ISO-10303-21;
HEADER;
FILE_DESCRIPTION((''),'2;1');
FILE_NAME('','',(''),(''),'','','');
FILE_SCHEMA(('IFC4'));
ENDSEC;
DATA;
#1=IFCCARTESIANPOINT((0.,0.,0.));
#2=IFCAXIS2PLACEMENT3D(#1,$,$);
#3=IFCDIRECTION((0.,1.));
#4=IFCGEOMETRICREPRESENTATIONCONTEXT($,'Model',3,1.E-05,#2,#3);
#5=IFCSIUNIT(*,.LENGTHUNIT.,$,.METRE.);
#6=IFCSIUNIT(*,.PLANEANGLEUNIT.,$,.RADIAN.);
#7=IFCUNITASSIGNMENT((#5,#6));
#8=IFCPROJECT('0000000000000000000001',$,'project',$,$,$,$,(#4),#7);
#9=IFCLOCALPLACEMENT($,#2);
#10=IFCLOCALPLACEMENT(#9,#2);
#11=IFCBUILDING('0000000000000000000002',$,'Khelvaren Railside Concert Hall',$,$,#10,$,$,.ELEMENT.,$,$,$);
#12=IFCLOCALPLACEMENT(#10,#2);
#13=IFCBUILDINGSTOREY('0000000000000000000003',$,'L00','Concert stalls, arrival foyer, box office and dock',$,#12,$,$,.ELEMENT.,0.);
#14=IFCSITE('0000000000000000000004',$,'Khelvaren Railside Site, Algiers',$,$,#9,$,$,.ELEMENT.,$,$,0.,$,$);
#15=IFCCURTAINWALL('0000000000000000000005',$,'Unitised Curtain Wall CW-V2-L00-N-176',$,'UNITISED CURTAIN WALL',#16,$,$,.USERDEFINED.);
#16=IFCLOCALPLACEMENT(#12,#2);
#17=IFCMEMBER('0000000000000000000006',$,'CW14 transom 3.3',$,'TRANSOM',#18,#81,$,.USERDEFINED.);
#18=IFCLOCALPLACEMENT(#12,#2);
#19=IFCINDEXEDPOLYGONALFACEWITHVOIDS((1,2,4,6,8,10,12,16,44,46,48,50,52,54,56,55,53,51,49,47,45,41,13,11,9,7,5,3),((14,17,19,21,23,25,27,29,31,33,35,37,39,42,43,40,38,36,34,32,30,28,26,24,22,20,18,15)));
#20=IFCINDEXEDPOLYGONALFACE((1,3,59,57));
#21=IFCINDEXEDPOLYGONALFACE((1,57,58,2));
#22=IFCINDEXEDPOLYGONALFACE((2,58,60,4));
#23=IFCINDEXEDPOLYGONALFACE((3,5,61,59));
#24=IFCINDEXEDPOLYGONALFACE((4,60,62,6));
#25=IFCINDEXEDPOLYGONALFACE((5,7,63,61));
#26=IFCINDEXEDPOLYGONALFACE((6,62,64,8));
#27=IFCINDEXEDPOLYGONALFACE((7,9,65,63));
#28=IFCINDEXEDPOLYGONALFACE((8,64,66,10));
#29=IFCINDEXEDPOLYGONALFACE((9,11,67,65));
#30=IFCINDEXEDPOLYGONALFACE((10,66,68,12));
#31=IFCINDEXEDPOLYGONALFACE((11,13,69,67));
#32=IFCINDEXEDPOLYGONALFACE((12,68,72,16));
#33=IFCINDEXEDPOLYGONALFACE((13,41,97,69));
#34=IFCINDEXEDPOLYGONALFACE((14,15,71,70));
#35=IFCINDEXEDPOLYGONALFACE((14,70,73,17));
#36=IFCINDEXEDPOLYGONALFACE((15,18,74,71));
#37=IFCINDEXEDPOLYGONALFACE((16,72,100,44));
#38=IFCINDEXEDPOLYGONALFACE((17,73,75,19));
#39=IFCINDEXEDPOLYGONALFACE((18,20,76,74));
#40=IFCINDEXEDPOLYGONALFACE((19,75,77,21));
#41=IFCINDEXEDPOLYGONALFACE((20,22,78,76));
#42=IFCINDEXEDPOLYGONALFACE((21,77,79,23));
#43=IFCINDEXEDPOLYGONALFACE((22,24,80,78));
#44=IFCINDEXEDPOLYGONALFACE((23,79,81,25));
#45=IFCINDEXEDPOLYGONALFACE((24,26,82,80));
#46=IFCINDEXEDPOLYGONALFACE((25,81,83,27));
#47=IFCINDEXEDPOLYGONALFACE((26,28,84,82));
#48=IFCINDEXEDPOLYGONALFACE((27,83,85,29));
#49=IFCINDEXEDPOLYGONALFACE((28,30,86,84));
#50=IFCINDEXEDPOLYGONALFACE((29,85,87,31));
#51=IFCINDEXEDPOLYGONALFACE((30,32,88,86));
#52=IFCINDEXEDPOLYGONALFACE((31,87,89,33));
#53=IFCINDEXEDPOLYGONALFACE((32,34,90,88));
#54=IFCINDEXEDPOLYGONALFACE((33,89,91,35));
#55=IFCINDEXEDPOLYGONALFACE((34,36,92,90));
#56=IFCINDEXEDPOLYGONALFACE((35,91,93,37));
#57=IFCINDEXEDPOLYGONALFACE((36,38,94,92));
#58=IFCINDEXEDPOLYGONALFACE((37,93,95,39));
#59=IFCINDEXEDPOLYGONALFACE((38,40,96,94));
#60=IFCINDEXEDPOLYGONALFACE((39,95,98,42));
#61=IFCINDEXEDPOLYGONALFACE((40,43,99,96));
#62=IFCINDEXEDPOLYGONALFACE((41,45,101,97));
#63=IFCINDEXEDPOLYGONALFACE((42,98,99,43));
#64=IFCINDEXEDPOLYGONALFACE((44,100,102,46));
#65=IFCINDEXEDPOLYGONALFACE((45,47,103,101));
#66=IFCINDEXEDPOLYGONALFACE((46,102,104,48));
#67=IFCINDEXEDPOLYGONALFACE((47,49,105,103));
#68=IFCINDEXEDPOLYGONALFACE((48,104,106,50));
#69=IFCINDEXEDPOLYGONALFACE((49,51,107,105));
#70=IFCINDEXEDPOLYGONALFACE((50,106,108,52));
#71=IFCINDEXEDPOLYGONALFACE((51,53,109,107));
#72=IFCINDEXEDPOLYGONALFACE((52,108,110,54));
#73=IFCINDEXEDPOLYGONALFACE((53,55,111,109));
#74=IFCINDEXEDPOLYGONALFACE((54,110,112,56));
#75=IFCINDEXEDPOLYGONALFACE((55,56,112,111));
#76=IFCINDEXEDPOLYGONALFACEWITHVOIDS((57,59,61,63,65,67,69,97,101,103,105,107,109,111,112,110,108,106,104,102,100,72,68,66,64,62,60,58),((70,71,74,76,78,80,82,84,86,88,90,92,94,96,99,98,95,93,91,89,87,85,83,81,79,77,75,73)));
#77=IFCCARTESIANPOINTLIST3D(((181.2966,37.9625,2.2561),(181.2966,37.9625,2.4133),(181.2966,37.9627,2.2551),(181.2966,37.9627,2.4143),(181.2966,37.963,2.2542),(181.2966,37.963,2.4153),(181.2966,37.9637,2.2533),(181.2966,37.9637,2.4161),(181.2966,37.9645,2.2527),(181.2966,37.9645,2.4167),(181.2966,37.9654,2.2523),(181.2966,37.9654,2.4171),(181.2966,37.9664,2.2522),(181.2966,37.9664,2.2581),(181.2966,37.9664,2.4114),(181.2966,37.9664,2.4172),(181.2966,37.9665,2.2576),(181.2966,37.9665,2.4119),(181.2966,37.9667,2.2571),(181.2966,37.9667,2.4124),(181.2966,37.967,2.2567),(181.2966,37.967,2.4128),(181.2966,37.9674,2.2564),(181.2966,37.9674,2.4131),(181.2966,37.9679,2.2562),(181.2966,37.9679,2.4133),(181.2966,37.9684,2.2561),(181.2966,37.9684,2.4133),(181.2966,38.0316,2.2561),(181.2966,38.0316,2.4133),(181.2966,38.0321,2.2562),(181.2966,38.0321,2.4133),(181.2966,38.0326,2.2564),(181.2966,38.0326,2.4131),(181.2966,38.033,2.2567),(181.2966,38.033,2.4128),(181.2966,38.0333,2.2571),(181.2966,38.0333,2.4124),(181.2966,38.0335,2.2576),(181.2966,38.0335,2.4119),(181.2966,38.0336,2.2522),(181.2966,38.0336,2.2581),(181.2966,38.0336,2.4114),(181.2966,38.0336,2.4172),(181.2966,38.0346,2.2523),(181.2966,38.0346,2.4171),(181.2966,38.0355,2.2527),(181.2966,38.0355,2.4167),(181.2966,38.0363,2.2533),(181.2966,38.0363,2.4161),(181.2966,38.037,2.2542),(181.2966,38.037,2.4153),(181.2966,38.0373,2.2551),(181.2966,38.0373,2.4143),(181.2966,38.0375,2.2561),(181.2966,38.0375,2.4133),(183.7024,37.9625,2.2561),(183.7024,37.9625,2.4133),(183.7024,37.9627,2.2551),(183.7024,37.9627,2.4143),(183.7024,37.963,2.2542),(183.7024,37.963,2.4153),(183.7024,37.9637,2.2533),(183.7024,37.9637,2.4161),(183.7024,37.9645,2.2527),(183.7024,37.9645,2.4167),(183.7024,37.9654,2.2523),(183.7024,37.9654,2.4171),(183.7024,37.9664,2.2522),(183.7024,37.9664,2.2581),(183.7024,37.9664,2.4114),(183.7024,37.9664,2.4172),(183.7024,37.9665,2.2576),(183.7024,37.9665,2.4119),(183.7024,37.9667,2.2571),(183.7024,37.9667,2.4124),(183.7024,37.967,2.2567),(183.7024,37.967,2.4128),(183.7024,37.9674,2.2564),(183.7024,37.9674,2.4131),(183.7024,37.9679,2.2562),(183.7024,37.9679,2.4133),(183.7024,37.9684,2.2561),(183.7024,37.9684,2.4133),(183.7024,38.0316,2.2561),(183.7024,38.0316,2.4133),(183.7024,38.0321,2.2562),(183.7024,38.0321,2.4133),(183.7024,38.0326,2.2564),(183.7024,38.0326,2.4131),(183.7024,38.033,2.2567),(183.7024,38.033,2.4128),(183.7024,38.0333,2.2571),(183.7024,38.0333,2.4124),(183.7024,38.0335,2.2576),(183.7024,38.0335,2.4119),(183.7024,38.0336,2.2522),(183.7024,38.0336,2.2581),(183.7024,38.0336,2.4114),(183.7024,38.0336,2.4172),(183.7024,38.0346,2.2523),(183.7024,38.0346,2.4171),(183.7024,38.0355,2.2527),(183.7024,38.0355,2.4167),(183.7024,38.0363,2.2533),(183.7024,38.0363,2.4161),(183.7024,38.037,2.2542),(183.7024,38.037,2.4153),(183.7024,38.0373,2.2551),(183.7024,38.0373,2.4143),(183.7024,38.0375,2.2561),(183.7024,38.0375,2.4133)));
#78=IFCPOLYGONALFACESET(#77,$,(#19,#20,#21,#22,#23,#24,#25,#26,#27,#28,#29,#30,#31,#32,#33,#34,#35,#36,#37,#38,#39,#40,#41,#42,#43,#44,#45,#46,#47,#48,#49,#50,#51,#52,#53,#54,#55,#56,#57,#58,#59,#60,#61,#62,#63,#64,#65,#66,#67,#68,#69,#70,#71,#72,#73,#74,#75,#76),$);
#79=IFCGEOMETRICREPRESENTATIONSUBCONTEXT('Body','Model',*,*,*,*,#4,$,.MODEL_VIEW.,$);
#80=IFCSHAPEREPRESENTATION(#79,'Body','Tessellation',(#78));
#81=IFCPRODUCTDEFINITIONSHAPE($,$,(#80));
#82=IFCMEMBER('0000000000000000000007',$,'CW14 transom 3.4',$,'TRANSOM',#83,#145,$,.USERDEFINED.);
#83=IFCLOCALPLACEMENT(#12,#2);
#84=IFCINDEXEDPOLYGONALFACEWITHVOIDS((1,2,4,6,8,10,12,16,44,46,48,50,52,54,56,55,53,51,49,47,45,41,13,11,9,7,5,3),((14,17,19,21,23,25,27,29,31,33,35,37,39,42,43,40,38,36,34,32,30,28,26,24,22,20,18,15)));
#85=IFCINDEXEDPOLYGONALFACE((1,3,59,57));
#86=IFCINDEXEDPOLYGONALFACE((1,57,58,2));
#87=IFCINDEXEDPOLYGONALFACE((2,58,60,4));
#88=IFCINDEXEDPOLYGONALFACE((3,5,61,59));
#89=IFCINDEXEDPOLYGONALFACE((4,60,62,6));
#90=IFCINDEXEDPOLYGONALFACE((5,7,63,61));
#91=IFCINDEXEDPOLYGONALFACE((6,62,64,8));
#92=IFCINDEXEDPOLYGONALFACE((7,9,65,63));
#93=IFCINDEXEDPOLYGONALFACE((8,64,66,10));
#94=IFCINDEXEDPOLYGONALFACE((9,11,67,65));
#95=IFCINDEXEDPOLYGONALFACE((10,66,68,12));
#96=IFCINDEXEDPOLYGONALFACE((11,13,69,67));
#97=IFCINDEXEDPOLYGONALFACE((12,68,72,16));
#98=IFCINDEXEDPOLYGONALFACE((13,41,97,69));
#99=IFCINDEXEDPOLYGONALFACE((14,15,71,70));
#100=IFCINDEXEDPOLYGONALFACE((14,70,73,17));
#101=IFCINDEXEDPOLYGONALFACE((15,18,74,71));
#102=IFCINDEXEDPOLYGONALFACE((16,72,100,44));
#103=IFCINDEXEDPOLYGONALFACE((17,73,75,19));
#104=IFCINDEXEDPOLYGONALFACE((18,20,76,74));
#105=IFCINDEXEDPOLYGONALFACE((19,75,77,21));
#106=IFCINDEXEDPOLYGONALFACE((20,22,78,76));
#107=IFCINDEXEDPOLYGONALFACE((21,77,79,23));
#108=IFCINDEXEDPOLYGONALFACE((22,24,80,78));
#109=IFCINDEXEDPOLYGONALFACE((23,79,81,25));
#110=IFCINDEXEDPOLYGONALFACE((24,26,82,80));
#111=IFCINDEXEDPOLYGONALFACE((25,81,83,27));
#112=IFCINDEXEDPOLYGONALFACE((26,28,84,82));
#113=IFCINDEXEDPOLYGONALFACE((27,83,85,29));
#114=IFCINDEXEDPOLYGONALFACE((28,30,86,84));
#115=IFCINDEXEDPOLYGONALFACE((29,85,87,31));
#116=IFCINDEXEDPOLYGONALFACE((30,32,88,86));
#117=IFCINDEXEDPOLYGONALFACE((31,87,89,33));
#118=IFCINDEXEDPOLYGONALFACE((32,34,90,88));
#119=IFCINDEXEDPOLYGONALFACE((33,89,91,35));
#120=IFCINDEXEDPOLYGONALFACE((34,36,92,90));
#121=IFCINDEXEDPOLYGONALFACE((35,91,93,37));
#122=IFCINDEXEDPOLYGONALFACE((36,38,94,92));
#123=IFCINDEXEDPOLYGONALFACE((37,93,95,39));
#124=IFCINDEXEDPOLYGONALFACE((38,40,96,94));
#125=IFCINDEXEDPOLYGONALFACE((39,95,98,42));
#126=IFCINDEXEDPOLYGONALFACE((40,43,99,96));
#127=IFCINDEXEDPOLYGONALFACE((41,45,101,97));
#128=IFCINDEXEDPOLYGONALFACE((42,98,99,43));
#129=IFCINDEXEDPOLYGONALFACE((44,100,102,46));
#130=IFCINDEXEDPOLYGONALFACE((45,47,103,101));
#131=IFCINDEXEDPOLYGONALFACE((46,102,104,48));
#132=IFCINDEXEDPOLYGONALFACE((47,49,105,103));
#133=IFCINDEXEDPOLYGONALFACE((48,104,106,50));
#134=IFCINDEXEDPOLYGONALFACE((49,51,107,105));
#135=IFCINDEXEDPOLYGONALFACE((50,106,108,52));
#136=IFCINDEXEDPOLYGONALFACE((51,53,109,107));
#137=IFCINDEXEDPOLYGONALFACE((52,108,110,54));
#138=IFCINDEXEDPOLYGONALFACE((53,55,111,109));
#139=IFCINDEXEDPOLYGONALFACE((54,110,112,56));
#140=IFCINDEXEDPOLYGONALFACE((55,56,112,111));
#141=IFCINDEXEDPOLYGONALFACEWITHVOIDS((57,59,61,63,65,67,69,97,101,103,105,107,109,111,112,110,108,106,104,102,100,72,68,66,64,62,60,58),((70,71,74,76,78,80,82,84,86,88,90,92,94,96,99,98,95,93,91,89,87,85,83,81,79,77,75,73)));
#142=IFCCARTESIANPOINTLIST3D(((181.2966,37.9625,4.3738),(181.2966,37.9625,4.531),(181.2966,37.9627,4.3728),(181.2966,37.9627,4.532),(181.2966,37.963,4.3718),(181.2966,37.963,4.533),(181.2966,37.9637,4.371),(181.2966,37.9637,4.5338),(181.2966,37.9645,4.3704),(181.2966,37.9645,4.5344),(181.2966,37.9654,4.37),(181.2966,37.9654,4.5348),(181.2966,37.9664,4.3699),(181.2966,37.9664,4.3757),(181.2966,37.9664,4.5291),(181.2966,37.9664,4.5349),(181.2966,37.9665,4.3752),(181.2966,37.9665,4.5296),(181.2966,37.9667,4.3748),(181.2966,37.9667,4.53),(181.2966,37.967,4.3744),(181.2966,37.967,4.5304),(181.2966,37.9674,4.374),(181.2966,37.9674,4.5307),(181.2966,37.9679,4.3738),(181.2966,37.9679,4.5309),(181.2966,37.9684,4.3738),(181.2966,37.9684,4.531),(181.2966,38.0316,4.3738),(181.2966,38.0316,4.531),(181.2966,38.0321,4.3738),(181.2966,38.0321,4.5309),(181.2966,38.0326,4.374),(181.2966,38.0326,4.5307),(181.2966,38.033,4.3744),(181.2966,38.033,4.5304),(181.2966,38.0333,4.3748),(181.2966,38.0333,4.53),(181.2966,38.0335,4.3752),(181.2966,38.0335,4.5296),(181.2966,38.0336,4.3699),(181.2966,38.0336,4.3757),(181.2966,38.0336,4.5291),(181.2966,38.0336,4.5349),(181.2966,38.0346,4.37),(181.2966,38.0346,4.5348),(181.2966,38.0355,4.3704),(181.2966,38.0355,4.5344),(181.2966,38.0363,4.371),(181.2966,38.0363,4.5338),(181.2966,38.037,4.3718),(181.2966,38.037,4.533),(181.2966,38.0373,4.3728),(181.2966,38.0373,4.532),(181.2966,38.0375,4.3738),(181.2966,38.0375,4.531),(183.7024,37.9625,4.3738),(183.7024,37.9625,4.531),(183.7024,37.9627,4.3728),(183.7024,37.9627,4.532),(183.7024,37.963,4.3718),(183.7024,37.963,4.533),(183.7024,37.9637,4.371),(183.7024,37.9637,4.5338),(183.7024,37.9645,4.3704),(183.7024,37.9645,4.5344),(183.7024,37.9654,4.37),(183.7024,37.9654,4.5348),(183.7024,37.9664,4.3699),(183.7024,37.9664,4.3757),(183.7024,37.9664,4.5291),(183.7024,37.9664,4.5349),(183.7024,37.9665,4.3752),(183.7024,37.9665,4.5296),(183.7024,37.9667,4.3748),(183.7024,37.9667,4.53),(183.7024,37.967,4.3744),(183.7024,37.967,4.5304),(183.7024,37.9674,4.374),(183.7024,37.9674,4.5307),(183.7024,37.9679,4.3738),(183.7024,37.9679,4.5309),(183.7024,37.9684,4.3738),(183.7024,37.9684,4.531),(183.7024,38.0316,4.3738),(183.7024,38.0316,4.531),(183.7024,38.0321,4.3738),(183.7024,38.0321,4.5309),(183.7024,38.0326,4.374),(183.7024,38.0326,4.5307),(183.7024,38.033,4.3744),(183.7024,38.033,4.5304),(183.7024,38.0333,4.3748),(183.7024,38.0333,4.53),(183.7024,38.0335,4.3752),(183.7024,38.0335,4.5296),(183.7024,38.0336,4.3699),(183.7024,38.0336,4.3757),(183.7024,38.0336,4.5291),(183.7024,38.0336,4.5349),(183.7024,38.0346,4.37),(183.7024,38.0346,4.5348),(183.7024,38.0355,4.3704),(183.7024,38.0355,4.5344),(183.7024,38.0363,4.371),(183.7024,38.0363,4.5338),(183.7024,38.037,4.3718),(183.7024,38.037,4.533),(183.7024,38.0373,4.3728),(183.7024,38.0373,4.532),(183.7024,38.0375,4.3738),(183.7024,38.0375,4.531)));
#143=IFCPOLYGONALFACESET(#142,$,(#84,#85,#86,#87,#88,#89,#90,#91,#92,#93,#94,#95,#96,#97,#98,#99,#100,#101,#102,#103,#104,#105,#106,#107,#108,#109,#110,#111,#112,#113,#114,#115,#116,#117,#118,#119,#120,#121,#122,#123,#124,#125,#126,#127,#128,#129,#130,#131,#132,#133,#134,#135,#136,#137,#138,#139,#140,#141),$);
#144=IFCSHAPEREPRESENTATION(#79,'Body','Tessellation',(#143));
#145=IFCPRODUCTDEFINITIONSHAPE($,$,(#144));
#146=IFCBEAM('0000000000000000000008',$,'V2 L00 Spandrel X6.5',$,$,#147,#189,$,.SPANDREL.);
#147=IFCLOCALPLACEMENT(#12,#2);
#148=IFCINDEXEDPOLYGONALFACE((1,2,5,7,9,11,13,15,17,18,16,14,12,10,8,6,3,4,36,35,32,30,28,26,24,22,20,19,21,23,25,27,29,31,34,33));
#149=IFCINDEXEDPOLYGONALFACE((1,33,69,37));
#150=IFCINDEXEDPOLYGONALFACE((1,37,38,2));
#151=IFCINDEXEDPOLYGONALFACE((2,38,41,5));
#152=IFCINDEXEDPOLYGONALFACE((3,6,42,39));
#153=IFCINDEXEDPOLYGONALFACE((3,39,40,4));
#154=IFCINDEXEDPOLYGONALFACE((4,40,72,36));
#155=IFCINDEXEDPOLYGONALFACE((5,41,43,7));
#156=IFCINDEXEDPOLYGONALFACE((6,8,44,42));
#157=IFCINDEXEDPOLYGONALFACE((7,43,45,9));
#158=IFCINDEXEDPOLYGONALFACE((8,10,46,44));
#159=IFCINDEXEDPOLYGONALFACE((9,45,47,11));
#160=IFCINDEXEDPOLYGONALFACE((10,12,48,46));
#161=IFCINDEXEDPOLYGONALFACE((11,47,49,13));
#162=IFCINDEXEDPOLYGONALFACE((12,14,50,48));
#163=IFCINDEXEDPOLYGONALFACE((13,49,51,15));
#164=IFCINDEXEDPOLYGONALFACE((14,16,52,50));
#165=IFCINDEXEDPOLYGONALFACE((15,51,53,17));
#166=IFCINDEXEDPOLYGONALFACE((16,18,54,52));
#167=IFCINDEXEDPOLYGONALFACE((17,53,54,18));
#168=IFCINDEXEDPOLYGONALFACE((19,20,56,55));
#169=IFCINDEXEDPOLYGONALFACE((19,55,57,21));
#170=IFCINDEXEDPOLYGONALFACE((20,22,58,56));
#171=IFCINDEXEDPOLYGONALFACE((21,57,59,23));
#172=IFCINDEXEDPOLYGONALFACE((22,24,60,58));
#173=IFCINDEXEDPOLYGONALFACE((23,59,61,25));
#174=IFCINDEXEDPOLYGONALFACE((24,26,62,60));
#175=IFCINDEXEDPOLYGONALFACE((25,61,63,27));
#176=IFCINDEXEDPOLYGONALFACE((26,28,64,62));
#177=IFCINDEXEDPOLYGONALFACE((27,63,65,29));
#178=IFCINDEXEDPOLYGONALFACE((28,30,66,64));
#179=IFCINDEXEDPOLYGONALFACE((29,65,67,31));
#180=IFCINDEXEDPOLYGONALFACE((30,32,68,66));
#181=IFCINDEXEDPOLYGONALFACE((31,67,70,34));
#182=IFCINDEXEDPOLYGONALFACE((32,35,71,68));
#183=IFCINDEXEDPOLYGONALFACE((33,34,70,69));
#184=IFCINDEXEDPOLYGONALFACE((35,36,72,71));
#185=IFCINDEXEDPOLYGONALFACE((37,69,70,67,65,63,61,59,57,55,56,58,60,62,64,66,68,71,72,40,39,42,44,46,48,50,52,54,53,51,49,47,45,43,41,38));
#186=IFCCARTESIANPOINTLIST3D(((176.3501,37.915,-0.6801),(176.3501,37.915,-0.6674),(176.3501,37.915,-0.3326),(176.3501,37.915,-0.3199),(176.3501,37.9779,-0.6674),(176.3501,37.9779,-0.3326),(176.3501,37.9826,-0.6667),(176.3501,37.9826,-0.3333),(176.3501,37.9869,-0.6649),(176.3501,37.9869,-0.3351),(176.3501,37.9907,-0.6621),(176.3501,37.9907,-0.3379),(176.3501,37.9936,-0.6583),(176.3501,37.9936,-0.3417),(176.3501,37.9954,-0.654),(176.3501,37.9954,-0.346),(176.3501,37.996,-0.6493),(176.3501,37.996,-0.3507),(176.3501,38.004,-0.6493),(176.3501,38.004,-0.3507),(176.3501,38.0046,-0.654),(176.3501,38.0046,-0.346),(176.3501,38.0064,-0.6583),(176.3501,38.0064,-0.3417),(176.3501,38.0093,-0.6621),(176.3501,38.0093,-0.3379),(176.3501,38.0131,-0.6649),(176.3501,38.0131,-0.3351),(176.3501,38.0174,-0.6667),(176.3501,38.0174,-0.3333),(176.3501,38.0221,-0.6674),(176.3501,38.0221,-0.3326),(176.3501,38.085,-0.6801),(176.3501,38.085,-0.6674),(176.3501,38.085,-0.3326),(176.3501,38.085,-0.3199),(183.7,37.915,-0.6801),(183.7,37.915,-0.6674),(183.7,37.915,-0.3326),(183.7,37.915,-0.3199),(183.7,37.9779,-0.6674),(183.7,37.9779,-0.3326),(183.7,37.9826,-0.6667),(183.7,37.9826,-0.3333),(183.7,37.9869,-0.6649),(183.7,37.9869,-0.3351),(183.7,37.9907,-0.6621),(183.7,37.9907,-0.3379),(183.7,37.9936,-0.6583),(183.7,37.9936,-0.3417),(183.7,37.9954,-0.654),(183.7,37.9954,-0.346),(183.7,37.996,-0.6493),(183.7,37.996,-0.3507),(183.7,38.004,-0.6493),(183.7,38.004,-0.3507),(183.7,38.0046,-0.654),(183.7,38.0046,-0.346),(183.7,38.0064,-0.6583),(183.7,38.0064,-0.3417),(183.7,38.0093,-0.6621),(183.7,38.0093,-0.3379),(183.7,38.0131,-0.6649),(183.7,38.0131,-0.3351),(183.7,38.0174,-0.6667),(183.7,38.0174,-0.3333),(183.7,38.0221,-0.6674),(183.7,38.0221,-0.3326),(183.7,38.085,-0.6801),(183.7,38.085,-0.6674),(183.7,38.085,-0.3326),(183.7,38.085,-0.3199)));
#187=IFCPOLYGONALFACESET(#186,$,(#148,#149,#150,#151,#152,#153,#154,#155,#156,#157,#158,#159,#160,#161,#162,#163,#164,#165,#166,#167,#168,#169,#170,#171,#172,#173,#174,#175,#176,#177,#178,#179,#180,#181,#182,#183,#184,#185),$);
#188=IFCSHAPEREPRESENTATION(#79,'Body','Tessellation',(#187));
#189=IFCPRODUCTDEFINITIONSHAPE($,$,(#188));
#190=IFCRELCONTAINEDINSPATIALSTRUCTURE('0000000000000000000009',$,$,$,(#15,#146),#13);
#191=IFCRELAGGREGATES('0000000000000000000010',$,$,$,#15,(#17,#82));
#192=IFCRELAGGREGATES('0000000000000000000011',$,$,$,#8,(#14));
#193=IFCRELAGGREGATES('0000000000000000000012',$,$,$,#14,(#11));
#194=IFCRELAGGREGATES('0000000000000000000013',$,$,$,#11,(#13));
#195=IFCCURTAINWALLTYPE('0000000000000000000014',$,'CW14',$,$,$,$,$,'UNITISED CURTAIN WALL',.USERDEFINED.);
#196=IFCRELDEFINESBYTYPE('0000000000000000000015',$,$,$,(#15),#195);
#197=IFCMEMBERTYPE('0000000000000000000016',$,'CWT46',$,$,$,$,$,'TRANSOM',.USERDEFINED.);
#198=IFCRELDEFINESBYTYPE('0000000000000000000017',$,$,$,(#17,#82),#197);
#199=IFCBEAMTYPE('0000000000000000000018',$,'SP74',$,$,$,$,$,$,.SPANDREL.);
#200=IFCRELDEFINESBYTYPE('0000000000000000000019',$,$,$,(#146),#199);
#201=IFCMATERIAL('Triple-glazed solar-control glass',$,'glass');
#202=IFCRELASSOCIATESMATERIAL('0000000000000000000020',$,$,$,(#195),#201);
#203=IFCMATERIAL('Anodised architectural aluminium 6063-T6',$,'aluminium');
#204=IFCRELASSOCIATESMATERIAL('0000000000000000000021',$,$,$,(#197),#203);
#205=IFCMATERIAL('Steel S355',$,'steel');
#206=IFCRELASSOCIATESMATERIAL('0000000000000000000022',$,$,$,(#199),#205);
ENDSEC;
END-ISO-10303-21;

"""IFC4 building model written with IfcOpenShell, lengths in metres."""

from ifc_helpers import new_model, si_unit, direction, frame, origin, origin_2d, place, context, subcontext, project, spatial, hollow_rectangle, i_section, extrude, material, material_profile, profile_set, type_object, element, aggregate, save


model = new_model("IFC4")

# Units and contexts
model_context = context("Model", 3, precision=1e-05, world=origin(), true_north=direction((0.0, 1.0)))
body_context = subcontext(model_context, "Body", "Model", "MODEL_VIEW")
ifc_project = project(units=[si_unit("LENGTHUNIT", "METRE"), si_unit("PLANEANGLEUNIT", "RADIAN")], contexts=[model_context])

# Site, building, storey
site_placement = place(None, origin())
site = spatial("IfcSite", under=ifc_project, at=site_placement, Name="Khelvaren Railside Site, Algiers", CompositionType="ELEMENT", RefElevation=0.0)
building_placement = place(site_placement, origin())
building = spatial("IfcBuilding", under=site, at=building_placement, Name="Khelvaren Railside Concert Hall", CompositionType="ELEMENT")
storey_placement = place(building_placement, origin())
storey = spatial("IfcBuildingStorey", under=building, at=storey_placement, Name="L00", Description="Concert stalls, arrival foyer, box office and dock", CompositionType="ELEMENT", Elevation=0.0)

# Shared definitions
ifc_material_1 = material(Name="Steel S355", Category="steel")

# Curtain wall, members
ifc_material_2 = material(Name="Triple-glazed solar-control glass", Category="glass")
curtain_wall_type = type_object("IfcCurtainWallType", Name="CW14", ElementType="UNITISED CURTAIN WALL", PredefinedType="USERDEFINED", material=ifc_material_2)
curtain_wall_placement = place(storey_placement, origin())
curtain_wall = element("IfcCurtainWall", 1, at=curtain_wall_placement, inside=storey, type_object=curtain_wall_type, Name="Unitised Curtain Wall CW-V2-L00-N-176", ObjectType="UNITISED CURTAIN WALL", PredefinedType="USERDEFINED")
ifc_material_3 = material(Name="Anodised architectural aluminium 6063-T6", Category="aluminium")
ifc_material_profile_1 = material_profile(ifc_material_3, hollow_rectangle(XDim=0.075, YDim=0.165, WallThickness=0.0039, InnerFilletRadius=0.002, OuterFilletRadius=0.0039, at=origin_2d()), Name="CWT 75x165x4")
ifc_profile_set_1 = profile_set([ifc_material_profile_1], Name="Anodised architectural aluminium 6063-T6")
member_type_1 = type_object("IfcMemberType", Name="CWT46", ElementType="TRANSOM", PredefinedType="USERDEFINED", material=ifc_profile_set_1)
member_1_placement = place(storey_placement, frame((181.2966, 38.0, 2.3347), z_axis=(1.0, 0.0, 0.0), x_axis=(0.0, 1.0, 0.0)))
member_1 = element("IfcMember", 2, at=member_1_placement, type_object=member_type_1, Name="CW14 transom 3.3", ObjectType="TRANSOM", PredefinedType="USERDEFINED", context=body_context, shape_type="SweptSolid", body=[
    extrude(hollow_rectangle(XDim=0.075, YDim=0.165, WallThickness=0.0039, InnerFilletRadius=0.002, OuterFilletRadius=0.0039, at=origin_2d()), origin(), (0.0, 0.0, 1.0), 2.4058),
])
member_2_placement = place(storey_placement, frame((181.2966, 38.0, 4.4524), z_axis=(1.0, 0.0, 0.0), x_axis=(0.0, 1.0, 0.0)))
member_2 = element("IfcMember", 3, at=member_2_placement, type_object=member_type_1, Name="CW14 transom 3.4", ObjectType="TRANSOM", PredefinedType="USERDEFINED", context=body_context, shape_type="SweptSolid", body=[
    extrude(hollow_rectangle(XDim=0.075, YDim=0.165, WallThickness=0.0039, InnerFilletRadius=0.002, OuterFilletRadius=0.0039, at=origin_2d()), origin(), (0.0, 0.0, 1.0), 2.4058),
])

# Beam
ifc_material_profile_2 = material_profile(ifc_material_1, i_section(OverallWidth=0.1699, OverallDepth=0.3601, WebThickness=0.0081, FlangeThickness=0.0127, FilletRadius=0.0181, at=origin_2d()), Name="IPE 360")
ifc_profile_set_2 = profile_set([ifc_material_profile_2], Name="Steel S355")
beam_type = type_object("IfcBeamType", Name="SP74", PredefinedType="SPANDREL", material=ifc_profile_set_2)
beam_placement = place(storey_placement, frame((176.3501, 38.0, -0.5), z_axis=(1.0, 0.0, 0.0), x_axis=(0.0, 1.0, 0.0)))
element("IfcBeam", 4, at=beam_placement, inside=storey, type_object=beam_type, Name="V2 L00 Spandrel X6.5", PredefinedType="SPANDREL", context=body_context, shape_type="SweptSolid", body=[
    extrude(i_section(OverallWidth=0.1699, OverallDepth=0.3601, WebThickness=0.0081, FlangeThickness=0.0127, FilletRadius=0.0181, at=origin_2d()), origin(), (0.0, 0.0, 1.0), 7.3499),
])

aggregate(curtain_wall, [member_1, member_2])

save(model, "model.ifc")
